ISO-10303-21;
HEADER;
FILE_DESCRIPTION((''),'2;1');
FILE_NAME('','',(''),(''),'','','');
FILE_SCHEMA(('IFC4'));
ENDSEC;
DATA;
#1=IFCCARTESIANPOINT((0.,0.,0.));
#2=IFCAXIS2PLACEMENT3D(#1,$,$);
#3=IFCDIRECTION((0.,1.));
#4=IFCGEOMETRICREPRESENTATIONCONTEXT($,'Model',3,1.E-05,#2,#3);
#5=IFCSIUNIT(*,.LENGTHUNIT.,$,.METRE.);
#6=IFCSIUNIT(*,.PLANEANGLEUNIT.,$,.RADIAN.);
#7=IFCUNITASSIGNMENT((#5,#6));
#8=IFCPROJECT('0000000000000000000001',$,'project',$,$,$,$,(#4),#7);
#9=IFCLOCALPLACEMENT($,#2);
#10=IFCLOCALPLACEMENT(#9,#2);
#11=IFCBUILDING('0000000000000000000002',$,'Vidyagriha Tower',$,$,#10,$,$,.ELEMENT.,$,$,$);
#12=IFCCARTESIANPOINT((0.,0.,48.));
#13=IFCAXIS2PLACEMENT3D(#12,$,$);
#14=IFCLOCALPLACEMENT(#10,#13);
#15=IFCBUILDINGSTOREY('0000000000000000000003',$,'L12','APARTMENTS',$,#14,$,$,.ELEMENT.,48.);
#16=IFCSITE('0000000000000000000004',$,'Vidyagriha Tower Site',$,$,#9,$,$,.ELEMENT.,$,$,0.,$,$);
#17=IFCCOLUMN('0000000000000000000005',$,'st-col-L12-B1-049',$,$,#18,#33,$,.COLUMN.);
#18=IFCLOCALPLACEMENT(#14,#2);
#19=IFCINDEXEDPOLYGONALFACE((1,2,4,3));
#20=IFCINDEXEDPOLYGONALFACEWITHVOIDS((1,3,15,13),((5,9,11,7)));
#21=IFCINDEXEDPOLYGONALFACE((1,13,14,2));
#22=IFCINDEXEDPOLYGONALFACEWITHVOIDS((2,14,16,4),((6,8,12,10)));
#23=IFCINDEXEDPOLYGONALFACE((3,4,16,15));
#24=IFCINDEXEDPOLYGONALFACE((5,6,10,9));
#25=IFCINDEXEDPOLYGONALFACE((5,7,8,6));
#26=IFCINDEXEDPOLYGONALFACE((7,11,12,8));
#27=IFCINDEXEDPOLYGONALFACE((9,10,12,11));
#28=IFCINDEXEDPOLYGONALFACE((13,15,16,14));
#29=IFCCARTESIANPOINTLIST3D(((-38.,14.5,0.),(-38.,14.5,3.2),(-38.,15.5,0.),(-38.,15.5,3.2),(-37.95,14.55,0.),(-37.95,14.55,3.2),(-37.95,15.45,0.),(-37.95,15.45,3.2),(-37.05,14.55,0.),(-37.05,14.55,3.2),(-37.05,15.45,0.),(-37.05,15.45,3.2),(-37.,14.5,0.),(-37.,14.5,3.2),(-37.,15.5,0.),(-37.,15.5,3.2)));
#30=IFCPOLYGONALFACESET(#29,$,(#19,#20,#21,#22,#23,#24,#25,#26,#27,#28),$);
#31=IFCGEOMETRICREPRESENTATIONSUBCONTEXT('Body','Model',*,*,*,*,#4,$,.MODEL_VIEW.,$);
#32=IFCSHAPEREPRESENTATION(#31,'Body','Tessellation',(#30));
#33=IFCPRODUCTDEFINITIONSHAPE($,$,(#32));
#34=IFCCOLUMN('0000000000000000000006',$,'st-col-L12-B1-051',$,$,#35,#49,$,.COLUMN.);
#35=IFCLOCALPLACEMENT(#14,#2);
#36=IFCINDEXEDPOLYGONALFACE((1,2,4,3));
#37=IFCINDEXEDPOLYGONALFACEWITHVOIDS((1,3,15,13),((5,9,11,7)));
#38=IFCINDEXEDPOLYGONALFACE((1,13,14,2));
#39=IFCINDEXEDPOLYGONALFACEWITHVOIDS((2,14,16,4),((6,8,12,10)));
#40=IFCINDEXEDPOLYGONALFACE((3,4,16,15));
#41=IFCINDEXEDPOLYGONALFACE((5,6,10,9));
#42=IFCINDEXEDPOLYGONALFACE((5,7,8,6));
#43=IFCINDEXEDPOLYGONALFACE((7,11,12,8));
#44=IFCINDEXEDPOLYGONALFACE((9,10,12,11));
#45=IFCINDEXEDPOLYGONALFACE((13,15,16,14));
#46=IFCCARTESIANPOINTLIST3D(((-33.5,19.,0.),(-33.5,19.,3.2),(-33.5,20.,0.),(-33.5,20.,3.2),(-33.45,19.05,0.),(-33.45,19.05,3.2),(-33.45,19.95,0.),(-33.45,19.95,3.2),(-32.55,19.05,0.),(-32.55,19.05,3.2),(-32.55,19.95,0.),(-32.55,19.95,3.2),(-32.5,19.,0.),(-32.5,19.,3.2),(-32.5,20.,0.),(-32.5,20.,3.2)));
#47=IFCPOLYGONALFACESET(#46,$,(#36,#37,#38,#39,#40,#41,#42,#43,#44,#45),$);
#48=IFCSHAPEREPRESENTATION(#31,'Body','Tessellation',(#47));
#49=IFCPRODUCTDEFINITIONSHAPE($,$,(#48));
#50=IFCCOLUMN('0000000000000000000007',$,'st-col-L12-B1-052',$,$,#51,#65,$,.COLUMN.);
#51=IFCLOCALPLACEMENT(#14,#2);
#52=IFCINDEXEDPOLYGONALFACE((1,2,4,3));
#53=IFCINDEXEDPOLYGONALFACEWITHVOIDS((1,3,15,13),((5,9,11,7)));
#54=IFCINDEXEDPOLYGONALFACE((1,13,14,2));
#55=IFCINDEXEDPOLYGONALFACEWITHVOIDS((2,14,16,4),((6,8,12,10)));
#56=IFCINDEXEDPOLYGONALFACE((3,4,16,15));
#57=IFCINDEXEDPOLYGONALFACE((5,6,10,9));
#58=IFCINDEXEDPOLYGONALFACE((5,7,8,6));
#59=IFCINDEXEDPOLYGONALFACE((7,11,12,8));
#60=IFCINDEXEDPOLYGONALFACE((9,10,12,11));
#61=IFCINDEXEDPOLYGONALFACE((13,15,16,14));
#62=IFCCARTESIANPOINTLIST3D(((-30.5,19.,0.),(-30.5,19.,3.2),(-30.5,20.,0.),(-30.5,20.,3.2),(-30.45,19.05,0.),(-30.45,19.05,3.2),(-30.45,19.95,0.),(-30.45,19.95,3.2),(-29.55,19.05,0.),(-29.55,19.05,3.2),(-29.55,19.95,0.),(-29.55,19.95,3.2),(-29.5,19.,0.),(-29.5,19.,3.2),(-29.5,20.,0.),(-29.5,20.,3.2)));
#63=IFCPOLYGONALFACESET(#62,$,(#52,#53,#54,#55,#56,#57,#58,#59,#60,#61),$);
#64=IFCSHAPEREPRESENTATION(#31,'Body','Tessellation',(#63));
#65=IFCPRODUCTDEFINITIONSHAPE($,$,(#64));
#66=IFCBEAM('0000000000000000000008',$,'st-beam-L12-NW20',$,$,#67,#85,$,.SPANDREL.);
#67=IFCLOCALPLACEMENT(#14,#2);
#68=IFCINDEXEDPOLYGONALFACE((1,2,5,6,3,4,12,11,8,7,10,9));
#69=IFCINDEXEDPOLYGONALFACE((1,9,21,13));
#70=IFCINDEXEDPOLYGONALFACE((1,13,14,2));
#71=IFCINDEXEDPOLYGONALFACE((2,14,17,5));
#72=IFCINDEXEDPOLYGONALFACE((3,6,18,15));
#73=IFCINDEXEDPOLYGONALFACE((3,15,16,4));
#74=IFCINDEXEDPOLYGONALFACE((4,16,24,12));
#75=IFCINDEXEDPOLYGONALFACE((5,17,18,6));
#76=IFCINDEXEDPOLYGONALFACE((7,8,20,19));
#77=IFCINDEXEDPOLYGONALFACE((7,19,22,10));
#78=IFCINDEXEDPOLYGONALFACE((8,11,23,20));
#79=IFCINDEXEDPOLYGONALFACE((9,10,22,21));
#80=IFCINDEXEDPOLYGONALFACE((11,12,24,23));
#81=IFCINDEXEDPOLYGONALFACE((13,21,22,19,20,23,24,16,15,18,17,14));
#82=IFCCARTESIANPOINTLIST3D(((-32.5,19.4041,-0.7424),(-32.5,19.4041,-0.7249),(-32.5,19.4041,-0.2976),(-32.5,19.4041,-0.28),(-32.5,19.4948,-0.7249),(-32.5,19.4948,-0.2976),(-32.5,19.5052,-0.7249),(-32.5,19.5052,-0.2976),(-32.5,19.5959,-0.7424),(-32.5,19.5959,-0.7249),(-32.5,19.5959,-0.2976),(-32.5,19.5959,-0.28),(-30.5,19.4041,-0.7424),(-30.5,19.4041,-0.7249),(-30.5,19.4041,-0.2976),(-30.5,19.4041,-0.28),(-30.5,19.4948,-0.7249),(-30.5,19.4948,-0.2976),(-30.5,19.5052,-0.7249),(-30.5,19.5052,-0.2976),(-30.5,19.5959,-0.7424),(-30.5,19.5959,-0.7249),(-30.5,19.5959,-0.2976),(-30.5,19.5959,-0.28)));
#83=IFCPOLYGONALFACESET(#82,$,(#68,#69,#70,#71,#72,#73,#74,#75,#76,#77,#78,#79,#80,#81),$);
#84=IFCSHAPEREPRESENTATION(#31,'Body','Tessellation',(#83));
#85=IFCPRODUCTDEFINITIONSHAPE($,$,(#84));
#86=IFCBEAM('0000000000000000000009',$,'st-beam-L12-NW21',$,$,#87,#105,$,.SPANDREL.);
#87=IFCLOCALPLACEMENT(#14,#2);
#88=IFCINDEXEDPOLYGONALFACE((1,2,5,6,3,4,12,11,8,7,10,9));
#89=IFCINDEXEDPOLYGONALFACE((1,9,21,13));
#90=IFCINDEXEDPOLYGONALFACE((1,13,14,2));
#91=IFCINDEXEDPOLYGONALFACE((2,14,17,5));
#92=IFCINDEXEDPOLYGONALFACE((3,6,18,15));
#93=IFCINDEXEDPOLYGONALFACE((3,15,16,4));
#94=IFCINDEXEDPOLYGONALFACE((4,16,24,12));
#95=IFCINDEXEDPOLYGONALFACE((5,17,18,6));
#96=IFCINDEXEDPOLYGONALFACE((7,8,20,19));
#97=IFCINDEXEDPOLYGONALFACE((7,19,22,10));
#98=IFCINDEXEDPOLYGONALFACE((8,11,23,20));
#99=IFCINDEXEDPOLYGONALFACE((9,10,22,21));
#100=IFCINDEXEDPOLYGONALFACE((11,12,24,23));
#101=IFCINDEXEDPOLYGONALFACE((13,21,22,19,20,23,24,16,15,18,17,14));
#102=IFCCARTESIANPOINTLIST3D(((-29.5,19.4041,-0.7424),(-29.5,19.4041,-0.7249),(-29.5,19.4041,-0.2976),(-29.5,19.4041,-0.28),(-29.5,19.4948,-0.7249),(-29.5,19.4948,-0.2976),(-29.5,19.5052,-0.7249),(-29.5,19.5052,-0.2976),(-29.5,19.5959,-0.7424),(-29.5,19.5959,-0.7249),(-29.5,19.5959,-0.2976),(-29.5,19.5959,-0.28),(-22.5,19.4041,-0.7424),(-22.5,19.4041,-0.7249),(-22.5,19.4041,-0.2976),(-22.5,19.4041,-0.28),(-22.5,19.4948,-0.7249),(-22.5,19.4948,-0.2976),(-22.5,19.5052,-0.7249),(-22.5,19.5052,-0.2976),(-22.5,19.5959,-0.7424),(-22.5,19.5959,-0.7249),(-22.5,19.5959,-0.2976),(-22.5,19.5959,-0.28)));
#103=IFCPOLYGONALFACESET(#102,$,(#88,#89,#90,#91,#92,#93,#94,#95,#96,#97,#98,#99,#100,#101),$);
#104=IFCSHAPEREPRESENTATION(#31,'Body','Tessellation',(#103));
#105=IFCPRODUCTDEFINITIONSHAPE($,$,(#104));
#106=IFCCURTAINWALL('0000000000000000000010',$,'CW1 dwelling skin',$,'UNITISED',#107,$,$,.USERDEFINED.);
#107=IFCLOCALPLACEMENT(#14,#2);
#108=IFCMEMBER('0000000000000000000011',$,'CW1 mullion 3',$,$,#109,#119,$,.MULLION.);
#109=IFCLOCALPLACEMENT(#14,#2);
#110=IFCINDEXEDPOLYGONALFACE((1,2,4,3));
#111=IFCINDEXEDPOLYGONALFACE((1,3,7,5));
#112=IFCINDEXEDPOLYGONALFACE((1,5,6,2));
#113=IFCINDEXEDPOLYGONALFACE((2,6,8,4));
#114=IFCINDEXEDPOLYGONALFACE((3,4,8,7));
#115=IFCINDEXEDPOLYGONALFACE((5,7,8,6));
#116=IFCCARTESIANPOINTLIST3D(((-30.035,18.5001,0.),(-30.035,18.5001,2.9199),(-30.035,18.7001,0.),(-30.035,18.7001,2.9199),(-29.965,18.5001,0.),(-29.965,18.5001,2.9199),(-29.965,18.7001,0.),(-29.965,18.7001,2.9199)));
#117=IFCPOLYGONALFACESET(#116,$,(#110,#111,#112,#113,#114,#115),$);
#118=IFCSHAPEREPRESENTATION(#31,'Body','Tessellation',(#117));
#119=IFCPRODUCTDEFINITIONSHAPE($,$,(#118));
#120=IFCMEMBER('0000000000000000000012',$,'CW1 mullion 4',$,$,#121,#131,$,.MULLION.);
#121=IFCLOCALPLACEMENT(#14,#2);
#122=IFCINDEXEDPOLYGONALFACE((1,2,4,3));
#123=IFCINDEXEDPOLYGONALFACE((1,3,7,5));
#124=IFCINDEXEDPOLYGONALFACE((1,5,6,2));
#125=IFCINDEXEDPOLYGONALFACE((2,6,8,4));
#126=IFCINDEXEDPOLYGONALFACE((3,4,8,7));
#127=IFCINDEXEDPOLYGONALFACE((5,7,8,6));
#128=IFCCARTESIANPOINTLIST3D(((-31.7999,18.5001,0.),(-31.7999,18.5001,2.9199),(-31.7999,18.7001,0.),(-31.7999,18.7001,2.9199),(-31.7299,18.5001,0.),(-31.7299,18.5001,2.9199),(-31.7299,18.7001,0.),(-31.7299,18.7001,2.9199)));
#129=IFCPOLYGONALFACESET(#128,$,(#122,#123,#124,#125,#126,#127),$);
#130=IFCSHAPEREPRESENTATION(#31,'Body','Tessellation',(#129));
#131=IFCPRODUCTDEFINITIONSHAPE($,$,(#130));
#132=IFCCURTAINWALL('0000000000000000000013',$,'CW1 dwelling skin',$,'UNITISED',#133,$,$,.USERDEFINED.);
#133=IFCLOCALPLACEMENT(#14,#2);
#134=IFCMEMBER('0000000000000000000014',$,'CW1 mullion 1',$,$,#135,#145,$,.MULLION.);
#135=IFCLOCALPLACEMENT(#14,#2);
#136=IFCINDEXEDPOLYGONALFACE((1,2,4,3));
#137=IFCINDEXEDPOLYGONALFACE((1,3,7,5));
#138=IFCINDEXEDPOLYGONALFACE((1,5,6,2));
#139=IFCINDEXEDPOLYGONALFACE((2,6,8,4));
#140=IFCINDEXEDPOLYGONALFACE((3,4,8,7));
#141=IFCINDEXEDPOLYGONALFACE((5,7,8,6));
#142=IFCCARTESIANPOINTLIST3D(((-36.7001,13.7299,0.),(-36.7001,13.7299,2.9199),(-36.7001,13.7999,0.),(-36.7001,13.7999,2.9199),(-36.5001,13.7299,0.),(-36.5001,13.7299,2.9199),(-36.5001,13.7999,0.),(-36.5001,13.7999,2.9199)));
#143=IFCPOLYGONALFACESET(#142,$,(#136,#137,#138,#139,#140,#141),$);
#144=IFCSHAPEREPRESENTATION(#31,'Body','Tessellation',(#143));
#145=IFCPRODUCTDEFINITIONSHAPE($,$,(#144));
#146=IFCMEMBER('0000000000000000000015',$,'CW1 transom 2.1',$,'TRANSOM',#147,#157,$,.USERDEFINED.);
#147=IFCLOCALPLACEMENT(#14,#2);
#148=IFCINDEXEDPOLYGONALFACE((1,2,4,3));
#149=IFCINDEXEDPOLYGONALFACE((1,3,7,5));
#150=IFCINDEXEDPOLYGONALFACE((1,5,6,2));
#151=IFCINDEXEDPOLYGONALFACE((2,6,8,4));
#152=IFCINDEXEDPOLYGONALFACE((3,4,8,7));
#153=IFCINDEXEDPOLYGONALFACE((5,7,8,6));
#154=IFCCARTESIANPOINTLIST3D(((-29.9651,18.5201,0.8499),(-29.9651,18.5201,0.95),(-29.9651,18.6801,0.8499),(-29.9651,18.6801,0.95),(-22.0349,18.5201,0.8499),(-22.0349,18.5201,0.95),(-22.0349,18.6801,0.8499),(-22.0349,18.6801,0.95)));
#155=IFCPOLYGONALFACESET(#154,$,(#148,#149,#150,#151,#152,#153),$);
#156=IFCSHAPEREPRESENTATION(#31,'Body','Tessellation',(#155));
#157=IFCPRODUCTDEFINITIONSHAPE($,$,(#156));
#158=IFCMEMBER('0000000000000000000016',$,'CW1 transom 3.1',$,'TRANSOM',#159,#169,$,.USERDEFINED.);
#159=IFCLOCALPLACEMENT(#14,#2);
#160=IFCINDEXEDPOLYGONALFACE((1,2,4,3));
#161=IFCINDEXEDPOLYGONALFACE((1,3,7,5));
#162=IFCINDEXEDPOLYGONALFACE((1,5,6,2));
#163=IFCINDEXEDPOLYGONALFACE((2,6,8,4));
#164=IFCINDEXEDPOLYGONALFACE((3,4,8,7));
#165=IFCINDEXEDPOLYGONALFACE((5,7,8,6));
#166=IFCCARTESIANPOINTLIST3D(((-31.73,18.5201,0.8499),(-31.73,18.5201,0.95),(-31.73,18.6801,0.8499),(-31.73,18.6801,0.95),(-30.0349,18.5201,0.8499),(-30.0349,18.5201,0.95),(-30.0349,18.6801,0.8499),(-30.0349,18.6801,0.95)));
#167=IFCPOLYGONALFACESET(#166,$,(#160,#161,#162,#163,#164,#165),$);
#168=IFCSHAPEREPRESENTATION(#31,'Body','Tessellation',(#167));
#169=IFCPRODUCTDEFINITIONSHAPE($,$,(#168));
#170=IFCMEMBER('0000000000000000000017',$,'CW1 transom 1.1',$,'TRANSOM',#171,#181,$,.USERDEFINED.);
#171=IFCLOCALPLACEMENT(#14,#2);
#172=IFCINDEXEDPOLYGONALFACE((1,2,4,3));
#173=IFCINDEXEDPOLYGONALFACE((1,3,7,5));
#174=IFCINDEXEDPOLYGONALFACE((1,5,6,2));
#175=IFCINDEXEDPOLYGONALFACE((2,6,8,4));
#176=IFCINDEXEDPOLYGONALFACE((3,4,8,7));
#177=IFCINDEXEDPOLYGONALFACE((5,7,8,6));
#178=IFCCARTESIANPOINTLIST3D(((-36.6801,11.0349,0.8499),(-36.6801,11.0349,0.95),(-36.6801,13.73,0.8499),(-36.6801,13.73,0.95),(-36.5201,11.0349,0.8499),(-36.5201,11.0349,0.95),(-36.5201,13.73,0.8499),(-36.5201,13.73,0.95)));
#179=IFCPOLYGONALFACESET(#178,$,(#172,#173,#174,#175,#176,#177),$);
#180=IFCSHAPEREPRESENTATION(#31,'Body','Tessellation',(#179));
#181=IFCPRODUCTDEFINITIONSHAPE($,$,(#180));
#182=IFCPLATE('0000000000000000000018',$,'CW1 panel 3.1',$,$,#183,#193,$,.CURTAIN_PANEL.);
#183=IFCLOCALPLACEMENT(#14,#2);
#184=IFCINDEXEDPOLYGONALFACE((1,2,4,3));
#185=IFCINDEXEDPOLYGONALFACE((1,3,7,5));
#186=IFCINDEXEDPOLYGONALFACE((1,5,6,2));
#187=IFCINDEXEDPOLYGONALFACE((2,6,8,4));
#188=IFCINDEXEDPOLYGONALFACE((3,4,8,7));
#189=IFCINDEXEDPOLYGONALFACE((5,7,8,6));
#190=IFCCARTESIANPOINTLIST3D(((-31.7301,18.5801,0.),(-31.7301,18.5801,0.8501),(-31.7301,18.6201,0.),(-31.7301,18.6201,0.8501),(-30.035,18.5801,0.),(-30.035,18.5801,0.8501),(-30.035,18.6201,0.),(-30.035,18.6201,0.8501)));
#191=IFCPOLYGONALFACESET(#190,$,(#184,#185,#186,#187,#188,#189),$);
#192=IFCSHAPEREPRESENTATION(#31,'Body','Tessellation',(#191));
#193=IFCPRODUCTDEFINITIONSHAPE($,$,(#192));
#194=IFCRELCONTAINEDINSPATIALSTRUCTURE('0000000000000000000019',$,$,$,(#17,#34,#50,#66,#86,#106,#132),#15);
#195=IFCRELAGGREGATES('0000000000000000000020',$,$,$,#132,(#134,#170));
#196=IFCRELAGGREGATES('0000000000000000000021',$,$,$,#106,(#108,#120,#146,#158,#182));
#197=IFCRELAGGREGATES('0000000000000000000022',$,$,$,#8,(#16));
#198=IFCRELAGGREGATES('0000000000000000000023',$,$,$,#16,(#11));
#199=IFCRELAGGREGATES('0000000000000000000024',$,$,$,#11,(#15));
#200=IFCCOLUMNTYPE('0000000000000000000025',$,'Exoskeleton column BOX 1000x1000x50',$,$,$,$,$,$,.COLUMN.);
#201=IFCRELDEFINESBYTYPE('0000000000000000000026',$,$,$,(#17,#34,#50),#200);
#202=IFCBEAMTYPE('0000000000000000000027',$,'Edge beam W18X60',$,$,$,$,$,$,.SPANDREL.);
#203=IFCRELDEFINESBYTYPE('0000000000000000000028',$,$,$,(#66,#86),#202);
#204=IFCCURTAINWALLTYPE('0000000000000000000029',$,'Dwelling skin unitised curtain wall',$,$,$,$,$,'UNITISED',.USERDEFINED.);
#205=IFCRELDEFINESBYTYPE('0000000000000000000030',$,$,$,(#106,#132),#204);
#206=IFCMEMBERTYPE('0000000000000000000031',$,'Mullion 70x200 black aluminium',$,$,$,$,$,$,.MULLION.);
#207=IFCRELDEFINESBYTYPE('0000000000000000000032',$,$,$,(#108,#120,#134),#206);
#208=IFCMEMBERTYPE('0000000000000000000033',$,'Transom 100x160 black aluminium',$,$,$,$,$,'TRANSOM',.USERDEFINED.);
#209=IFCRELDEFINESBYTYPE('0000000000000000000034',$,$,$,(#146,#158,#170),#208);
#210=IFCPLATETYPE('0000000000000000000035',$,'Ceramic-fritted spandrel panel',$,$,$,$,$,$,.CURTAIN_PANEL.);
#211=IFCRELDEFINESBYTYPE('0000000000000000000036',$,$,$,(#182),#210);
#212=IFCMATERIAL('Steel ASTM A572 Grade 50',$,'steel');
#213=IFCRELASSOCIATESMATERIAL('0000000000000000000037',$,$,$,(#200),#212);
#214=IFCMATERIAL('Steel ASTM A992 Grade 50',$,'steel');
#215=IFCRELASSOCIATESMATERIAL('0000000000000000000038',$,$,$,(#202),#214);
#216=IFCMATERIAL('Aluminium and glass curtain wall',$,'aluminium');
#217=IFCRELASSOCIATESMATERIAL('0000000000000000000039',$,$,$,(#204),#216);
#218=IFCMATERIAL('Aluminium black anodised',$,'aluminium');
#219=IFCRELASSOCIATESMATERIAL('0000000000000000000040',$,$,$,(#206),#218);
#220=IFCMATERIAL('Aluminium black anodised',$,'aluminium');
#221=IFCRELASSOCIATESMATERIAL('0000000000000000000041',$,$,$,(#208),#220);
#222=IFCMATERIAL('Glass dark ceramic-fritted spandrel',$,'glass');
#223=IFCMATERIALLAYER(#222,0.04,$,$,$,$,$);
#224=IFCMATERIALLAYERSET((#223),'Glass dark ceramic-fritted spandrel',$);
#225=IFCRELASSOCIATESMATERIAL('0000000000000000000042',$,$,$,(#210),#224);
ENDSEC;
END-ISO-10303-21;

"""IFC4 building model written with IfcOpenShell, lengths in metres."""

from ifc_helpers import new_model, si_unit, direction, frame, origin, origin_2d, place, context, subcontext, project, spatial, rectangle, hollow_rectangle, i_section, extrude, material, layer, layer_set, material_profile, profile_set, type_object, element, aggregate, save


model = new_model("IFC4")

# Units and contexts
model_context = context("Model", 3, precision=1e-05, world=origin(), true_north=direction((0.0, 1.0)))
body_context = subcontext(model_context, "Body", "Model", "MODEL_VIEW")
ifc_project = project(units=[si_unit("LENGTHUNIT", "METRE"), si_unit("PLANEANGLEUNIT", "RADIAN")], contexts=[model_context])

# Site, building, storey
site_placement = place(None, origin())
site = spatial("IfcSite", under=ifc_project, at=site_placement, Name="Vidyagriha Tower Site", CompositionType="ELEMENT", RefElevation=0.0)
building_placement = place(site_placement, origin())
building = spatial("IfcBuilding", under=site, at=building_placement, Name="Vidyagriha Tower", CompositionType="ELEMENT")
storey_placement = place(building_placement, frame((0.0, 0.0, 48.0)))
storey = spatial("IfcBuildingStorey", under=building, at=storey_placement, Name="L12", Description="APARTMENTS", CompositionType="ELEMENT", Elevation=48.0)

# Columns
ifc_material_1 = material(Name="Steel ASTM A572 Grade 50", Category="steel")
ifc_material_profile_1 = material_profile(ifc_material_1, hollow_rectangle(XDim=1.0, YDim=1.0, WallThickness=0.05, at=origin_2d()), Name="BOX 1000x1000x50")
ifc_profile_set_1 = profile_set([ifc_material_profile_1], Name="Steel ASTM A572 Grade 50")
column_type = type_object("IfcColumnType", Name="Exoskeleton column BOX 1000x1000x50", PredefinedType="COLUMN", material=ifc_profile_set_1)
for number, where, name in (
    (1, (-37.5, 15.0, 0.0), "st-col-L12-B1-049"),
    (2, (-33.0, 19.5, 0.0), "st-col-L12-B1-051"),
    (3, (-30.0, 19.5, 0.0), "st-col-L12-B1-052"),
):
    element("IfcColumn", number, at=place(storey_placement, frame(where)), inside=storey, type_object=column_type, Name=name, PredefinedType="COLUMN", context=body_context, shape_type="SweptSolid", body=[
        extrude(hollow_rectangle(XDim=1.0, YDim=1.0, WallThickness=0.05, at=origin_2d()), origin(), (0.0, 0.0, 1.0), 3.2),
    ])

# Beams
ifc_material_2 = material(Name="Steel ASTM A992 Grade 50", Category="steel")
ifc_material_profile_2 = material_profile(ifc_material_2, i_section(OverallWidth=0.1919, OverallDepth=0.4624, WebThickness=0.0105, FlangeThickness=0.0176, at=origin_2d()), Name="W18X60")
ifc_profile_set_2 = profile_set([ifc_material_profile_2], Name="Steel ASTM A992 Grade 50")
beam_type = type_object("IfcBeamType", Name="Edge beam W18X60", PredefinedType="SPANDREL", material=ifc_profile_set_2)
beam_1_placement = place(storey_placement, frame((-32.5, 19.5, -0.5112), z_axis=(1.0, 0.0, 0.0), x_axis=(0.0, 1.0, 0.0)))
element("IfcBeam", 4, at=beam_1_placement, inside=storey, type_object=beam_type, Name="st-beam-L12-NW20", PredefinedType="SPANDREL", context=body_context, shape_type="SweptSolid", body=[
    extrude(i_section(OverallWidth=0.1919, OverallDepth=0.4624, WebThickness=0.0105, FlangeThickness=0.0176, at=origin_2d()), origin(), (0.0, 0.0, 1.0), 2.0),
])
beam_2_placement = place(storey_placement, frame((-29.5, 19.5, -0.5112), z_axis=(1.0, 0.0, 0.0), x_axis=(0.0, 1.0, 0.0)))
element("IfcBeam", 5, at=beam_2_placement, inside=storey, type_object=beam_type, Name="st-beam-L12-NW21", PredefinedType="SPANDREL", context=body_context, shape_type="SweptSolid", body=[
    extrude(i_section(OverallWidth=0.1919, OverallDepth=0.4624, WebThickness=0.0105, FlangeThickness=0.0176, at=origin_2d()), origin(), (0.0, 0.0, 1.0), 7.0),
])

# Curtain wall, members
ifc_material_3 = material(Name="Aluminium and glass curtain wall", Category="aluminium")
curtain_wall_type = type_object("IfcCurtainWallType", Name="Dwelling skin unitised curtain wall", ElementType="UNITISED", PredefinedType="USERDEFINED", material=ifc_material_3)
curtain_wall_1_placement = place(storey_placement, origin())
curtain_wall_1 = element("IfcCurtainWall", 6, at=curtain_wall_1_placement, inside=storey, type_object=curtain_wall_type, Name="CW1 dwelling skin", ObjectType="UNITISED", PredefinedType="USERDEFINED")
ifc_material_4 = material(Name="Aluminium black anodised", Category="aluminium")
ifc_material_profile_3 = material_profile(ifc_material_4, rectangle(XDim=0.2, YDim=0.0701, at=origin_2d()), Name="Mullion 70x200 black aluminium")
ifc_profile_set_3 = profile_set([ifc_material_profile_3], Name="Aluminium black anodised")
member_type_1 = type_object("IfcMemberType", Name="Mullion 70x200 black aluminium", PredefinedType="MULLION", material=ifc_profile_set_3)
member_1_placement = place(storey_placement, frame((-30.0, 18.6001, 0.0), z_axis=(0.0, 0.0, 1.0), x_axis=(0.0, -1.0, 0.0)))
member_1 = element("IfcMember", 7, at=member_1_placement, type_object=member_type_1, Name="CW1 mullion 3", PredefinedType="MULLION", context=body_context, shape_type="SweptSolid", body=[
    extrude(rectangle(XDim=0.2, YDim=0.0701, at=origin_2d()), origin(), (0.0, 0.0, 1.0), 2.9199),
])
member_2_placement = place(storey_placement, frame((-31.7649, 18.6001, 0.0), z_axis=(0.0, 0.0, 1.0), x_axis=(0.0, -1.0, 0.0)))
member_2 = element("IfcMember", 8, at=member_2_placement, type_object=member_type_1, Name="CW1 mullion 4", PredefinedType="MULLION", context=body_context, shape_type="SweptSolid", body=[
    extrude(rectangle(XDim=0.2, YDim=0.0701, at=origin_2d()), origin(), (0.0, 0.0, 1.0), 2.9199),
])

# Curtain wall, member
curtain_wall_2_placement = place(storey_placement, origin())
curtain_wall_2 = element("IfcCurtainWall", 9, at=curtain_wall_2_placement, inside=storey, type_object=curtain_wall_type, Name="CW1 dwelling skin", ObjectType="UNITISED", PredefinedType="USERDEFINED")
member_3_placement = place(storey_placement, frame((-36.6001, 13.7649, 0.0)))
member_3 = element("IfcMember", 10, at=member_3_placement, type_object=member_type_1, Name="CW1 mullion 1", PredefinedType="MULLION", context=body_context, shape_type="SweptSolid", body=[
    extrude(rectangle(XDim=0.2, YDim=0.0701, at=origin_2d()), origin(), (0.0, 0.0, 1.0), 2.9199),
])

# Members
ifc_material_5 = material(Name="Aluminium black anodised", Category="aluminium")
ifc_material_profile_4 = material_profile(ifc_material_5, rectangle(XDim=0.1599, YDim=0.1001, at=origin_2d()), Name="Transom 100x160 black aluminium")
ifc_profile_set_4 = profile_set([ifc_material_profile_4], Name="Aluminium black anodised")
member_type_2 = type_object("IfcMemberType", Name="Transom 100x160 black aluminium", ElementType="TRANSOM", PredefinedType="USERDEFINED", material=ifc_profile_set_4)
member_4_placement = place(storey_placement, frame((-22.0349, 18.6001, 0.8999), z_axis=(-1.0, 0.0, 0.0), x_axis=(0.0, -1.0, 0.0)))
member_4 = element("IfcMember", 11, at=member_4_placement, type_object=member_type_2, Name="CW1 transom 2.1", ObjectType="TRANSOM", PredefinedType="USERDEFINED", context=body_context, shape_type="SweptSolid", body=[
    extrude(rectangle(XDim=0.1599, YDim=0.1001, at=origin_2d()), origin(), (0.0, 0.0, 1.0), 7.9302),
])
member_5_placement = place(storey_placement, frame((-30.0349, 18.6001, 0.8999), z_axis=(-1.0, 0.0, 0.0), x_axis=(0.0, -1.0, 0.0)))
member_5 = element("IfcMember", 12, at=member_5_placement, type_object=member_type_2, Name="CW1 transom 3.1", ObjectType="TRANSOM", PredefinedType="USERDEFINED", context=body_context, shape_type="SweptSolid", body=[
    extrude(rectangle(XDim=0.1599, YDim=0.1001, at=origin_2d()), origin(), (0.0, 0.0, 1.0), 1.6951),
])
member_6_placement = place(storey_placement, frame((-36.6001, 13.73, 0.8999), z_axis=(0.0, -1.0, 0.0), x_axis=(1.0, 0.0, 0.0)))
member_6 = element("IfcMember", 13, at=member_6_placement, type_object=member_type_2, Name="CW1 transom 1.1", ObjectType="TRANSOM", PredefinedType="USERDEFINED", context=body_context, shape_type="SweptSolid", body=[
    extrude(rectangle(XDim=0.1599, YDim=0.1001, at=origin_2d()), origin(), (0.0, 0.0, 1.0), 2.6951),
])

# Plate
ifc_material_6 = material(Name="Glass dark ceramic-fritted spandrel", Category="glass")
ifc_layer_1 = layer(ifc_material_6, 0.04)
ifc_layer_set_1 = layer_set([ifc_layer_1], Name="Glass dark ceramic-fritted spandrel")
plate_type_1 = type_object("IfcPlateType", Name="Ceramic-fritted spandrel panel", PredefinedType="CURTAIN_PANEL", material=ifc_layer_set_1)
plate_1_placement = place(storey_placement, frame((-30.8826, 18.6001, 0.0), z_axis=(0.0, 0.0, 1.0), x_axis=(-1.0, 0.0, 0.0)))
plate_1 = element("IfcPlate", 14, at=plate_1_placement, type_object=plate_type_1, Name="CW1 panel 3.1", PredefinedType="CURTAIN_PANEL", context=body_context, shape_type="SweptSolid", body=[
    extrude(rectangle(XDim=1.6951, YDim=0.04, at=origin_2d()), origin(), (0.0, 0.0, 1.0), 0.8501),
])
aggregate(curtain_wall_2, [member_3, member_6])
aggregate(curtain_wall_1, [member_1, member_2, member_4, member_5, plate_1])

save(model, "model.ifc")
